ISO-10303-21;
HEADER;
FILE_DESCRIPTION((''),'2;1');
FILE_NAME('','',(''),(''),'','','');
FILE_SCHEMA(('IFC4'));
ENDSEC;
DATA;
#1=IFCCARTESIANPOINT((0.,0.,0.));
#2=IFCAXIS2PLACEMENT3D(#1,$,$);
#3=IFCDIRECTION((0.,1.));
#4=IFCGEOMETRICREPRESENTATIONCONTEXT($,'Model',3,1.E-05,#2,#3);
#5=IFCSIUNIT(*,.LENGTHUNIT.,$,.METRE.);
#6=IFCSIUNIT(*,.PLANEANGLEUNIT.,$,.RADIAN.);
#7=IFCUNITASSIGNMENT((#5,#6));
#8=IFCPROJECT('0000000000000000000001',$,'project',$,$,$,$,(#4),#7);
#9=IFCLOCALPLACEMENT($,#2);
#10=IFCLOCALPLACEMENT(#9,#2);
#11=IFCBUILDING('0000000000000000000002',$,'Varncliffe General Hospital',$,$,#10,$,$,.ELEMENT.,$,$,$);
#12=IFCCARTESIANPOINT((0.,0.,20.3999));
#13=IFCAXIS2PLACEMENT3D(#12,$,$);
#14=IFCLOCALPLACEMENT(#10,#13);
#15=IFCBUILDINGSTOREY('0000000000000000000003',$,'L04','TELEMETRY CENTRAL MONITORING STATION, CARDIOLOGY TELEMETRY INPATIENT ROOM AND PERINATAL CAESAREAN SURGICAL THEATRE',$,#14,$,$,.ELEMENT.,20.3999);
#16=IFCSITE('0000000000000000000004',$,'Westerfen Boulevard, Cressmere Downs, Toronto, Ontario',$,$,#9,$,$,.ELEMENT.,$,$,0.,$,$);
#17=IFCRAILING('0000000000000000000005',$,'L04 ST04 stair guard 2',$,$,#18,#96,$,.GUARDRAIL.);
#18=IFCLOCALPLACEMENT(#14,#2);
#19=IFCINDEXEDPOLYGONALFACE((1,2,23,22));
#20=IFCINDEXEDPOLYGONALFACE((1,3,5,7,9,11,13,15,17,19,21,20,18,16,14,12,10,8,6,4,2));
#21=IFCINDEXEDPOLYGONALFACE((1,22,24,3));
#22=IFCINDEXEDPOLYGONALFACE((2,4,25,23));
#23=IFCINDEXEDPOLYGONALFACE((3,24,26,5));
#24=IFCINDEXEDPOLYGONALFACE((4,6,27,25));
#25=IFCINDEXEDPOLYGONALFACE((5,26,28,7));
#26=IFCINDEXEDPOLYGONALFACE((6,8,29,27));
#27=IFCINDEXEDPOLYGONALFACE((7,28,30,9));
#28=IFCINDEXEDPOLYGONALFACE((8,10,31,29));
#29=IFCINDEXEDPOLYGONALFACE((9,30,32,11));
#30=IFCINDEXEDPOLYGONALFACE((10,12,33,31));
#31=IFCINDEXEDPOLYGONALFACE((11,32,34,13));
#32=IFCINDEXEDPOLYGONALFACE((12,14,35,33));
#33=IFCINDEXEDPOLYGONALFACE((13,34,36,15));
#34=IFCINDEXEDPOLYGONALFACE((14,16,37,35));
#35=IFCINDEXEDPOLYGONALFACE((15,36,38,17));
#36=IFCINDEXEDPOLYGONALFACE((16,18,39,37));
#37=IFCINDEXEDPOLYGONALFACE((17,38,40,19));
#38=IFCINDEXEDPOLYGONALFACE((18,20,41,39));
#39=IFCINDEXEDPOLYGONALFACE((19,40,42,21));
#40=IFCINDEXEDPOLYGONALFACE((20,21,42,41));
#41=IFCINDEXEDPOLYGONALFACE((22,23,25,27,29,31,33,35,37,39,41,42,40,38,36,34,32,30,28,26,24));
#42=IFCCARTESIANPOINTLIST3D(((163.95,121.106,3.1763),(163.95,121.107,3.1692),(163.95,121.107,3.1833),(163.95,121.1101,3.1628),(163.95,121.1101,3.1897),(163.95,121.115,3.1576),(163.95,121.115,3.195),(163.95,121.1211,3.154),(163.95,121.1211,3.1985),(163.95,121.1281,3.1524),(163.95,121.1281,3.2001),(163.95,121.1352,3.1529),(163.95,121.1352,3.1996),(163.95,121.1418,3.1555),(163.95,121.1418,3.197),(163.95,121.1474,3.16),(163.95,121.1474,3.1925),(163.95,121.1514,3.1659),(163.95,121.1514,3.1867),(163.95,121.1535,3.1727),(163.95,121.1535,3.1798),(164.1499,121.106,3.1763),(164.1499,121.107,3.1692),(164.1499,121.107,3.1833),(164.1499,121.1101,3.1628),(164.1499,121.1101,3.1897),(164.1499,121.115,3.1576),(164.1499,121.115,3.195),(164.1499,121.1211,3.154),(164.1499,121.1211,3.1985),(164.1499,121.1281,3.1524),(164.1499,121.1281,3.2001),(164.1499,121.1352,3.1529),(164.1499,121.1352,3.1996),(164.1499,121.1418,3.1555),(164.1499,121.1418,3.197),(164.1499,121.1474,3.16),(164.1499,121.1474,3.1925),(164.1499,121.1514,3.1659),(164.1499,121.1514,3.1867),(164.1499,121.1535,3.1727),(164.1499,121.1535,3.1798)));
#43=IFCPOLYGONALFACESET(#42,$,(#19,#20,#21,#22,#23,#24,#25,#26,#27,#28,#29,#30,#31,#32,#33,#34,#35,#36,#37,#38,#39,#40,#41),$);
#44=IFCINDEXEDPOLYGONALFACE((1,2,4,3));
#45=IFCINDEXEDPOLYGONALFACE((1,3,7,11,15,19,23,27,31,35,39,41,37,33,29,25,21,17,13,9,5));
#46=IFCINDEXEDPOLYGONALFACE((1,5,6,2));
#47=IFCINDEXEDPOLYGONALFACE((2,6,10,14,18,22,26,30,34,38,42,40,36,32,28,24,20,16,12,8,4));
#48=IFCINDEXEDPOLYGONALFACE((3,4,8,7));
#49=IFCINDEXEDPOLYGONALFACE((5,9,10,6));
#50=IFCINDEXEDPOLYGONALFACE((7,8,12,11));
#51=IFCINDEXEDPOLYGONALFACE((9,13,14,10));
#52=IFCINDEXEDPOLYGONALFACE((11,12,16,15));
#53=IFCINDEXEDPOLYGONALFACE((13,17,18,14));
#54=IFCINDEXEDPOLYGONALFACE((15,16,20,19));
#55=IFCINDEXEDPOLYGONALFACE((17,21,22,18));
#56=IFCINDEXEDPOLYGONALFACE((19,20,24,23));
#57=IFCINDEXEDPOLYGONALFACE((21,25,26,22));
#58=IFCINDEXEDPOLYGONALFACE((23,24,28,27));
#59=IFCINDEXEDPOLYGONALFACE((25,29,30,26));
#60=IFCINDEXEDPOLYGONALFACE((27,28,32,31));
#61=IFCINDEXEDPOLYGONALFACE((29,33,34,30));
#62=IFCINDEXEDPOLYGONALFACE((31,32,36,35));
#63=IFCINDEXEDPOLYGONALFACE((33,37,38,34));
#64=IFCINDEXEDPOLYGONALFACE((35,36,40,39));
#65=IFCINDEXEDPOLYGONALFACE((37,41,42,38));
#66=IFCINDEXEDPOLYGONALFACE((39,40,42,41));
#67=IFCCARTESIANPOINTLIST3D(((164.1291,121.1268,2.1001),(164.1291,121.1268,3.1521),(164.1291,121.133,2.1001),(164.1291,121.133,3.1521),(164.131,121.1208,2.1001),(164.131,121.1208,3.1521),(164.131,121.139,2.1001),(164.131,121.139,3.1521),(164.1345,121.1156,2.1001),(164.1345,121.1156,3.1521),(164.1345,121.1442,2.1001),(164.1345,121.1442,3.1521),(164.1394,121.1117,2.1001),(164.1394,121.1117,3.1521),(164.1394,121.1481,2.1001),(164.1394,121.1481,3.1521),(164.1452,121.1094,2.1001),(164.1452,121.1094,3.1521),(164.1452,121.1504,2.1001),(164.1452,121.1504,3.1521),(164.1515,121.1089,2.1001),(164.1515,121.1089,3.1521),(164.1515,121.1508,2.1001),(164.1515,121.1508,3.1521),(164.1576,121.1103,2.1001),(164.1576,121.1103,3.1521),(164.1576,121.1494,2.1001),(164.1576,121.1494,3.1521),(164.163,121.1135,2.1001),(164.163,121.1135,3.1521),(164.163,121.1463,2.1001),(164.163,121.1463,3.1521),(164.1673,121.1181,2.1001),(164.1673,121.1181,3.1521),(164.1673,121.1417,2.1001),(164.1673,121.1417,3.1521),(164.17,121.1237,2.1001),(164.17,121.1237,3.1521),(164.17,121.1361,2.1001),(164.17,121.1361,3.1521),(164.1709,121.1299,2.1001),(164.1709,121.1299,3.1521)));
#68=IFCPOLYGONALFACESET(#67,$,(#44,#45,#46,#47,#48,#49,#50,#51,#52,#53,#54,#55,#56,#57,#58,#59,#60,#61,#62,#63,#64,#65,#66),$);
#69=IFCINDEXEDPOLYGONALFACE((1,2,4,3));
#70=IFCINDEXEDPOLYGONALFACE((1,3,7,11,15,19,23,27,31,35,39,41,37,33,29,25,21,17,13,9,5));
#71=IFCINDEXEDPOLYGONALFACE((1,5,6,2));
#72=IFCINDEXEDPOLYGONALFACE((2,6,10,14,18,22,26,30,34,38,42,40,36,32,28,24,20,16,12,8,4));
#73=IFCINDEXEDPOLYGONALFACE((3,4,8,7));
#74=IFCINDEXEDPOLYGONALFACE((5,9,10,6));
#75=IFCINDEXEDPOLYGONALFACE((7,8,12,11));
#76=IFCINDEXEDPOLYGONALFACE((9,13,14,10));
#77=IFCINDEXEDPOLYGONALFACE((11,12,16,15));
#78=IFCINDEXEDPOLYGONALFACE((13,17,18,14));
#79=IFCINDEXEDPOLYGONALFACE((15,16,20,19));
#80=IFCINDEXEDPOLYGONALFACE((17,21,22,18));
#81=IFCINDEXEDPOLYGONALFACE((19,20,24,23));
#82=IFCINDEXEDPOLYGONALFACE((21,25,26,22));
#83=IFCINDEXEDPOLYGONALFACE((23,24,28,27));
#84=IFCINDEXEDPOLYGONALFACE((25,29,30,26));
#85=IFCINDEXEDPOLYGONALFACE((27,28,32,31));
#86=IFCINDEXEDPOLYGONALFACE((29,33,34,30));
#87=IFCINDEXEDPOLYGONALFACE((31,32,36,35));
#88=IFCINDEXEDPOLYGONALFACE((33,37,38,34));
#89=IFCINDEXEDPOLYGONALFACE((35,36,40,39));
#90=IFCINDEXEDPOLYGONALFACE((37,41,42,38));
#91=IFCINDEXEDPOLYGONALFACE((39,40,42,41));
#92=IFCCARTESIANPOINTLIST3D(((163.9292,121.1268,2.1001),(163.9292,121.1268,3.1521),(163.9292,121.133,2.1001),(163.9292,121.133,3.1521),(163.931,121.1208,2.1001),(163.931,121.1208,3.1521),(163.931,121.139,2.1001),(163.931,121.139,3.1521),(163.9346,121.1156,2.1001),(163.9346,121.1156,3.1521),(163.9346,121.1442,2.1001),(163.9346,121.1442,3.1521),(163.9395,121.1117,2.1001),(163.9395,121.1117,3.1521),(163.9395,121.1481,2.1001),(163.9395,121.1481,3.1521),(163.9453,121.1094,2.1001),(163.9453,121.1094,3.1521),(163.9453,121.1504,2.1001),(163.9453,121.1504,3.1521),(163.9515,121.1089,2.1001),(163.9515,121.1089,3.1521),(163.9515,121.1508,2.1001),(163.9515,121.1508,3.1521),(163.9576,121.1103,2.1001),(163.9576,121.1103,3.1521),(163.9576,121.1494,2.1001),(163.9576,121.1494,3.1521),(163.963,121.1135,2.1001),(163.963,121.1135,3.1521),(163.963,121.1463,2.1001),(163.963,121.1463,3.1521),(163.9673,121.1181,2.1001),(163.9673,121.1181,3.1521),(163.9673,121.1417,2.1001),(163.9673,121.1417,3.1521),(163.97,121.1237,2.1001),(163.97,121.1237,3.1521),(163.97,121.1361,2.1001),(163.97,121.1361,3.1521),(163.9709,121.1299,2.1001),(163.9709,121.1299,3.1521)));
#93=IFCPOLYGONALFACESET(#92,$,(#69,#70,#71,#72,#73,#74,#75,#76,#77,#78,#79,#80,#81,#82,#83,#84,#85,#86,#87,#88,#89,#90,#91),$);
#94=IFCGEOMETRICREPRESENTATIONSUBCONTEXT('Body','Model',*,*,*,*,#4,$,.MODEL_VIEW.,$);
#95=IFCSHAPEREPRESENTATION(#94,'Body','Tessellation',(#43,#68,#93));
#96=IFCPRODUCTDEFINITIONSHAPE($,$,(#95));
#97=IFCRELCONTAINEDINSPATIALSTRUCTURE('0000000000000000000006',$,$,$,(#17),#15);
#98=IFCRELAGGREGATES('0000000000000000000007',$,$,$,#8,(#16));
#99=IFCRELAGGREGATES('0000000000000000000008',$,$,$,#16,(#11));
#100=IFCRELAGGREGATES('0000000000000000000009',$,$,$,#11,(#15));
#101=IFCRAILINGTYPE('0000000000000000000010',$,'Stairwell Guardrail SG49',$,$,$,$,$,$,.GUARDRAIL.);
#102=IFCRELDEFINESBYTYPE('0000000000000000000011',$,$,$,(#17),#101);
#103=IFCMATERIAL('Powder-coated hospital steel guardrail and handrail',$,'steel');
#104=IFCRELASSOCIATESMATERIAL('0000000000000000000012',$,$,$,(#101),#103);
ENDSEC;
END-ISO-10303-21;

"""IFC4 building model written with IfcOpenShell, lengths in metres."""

from ifc_helpers import new_model, si_unit, direction, frame, origin, origin_2d, place, context, subcontext, project, spatial, circle, extrude, material, type_object, element, save


model = new_model("IFC4")

# Units and contexts
model_context = context("Model", 3, precision=1e-05, world=origin(), true_north=direction((0.0, 1.0)))
body_context = subcontext(model_context, "Body", "Model", "MODEL_VIEW")
ifc_project = project(units=[si_unit("LENGTHUNIT", "METRE"), si_unit("PLANEANGLEUNIT", "RADIAN")], contexts=[model_context])

# Site, building, storey
site_placement = place(None, origin())
site = spatial("IfcSite", under=ifc_project, at=site_placement, Name="Westerfen Boulevard, Cressmere Downs, Toronto, Ontario", CompositionType="ELEMENT", RefElevation=0.0)
building_placement = place(site_placement, origin())
building = spatial("IfcBuilding", under=site, at=building_placement, Name="Varncliffe General Hospital", CompositionType="ELEMENT")
storey_placement = place(building_placement, frame((0.0, 0.0, 20.3999)))
storey = spatial("IfcBuildingStorey", under=building, at=storey_placement, Name="L04", Description="TELEMETRY CENTRAL MONITORING STATION, CARDIOLOGY TELEMETRY INPATIENT ROOM AND PERINATAL CAESAREAN SURGICAL THEATRE", CompositionType="ELEMENT", Elevation=20.3999)

# Railing
ifc_material_1 = material(Name="Powder-coated hospital steel guardrail and handrail", Category="steel")
railing_type_1 = type_object("IfcRailingType", Name="Stairwell Guardrail SG49", PredefinedType="GUARDRAIL", material=ifc_material_1)
railing_1_placement = place(storey_placement, frame((164.1499, 121.1299, 2.1001)))
element("IfcRailing", 1, at=railing_1_placement, inside=storey, type_object=railing_type_1, Name="L04 ST04 stair guard 2", PredefinedType="GUARDRAIL", context=body_context, shape_type="SweptSolid", body=[
    extrude(circle(Radius=0.0239, at=origin_2d()), frame((0.0, 0.0, 1.0762), z_axis=(-1.0, 0.0, 0.0), x_axis=(0.0, -1.0, 0.0)), (0.0, 0.0, 1.0), 0.2),
    extrude(circle(Radius=0.021, at=origin_2d()), origin(), (0.0, 0.0, 1.0), 1.052),
    extrude(circle(Radius=0.021, at=origin_2d()), frame((-0.2, 0.0, 0.0)), (0.0, 0.0, 1.0), 1.052),
])

save(model, "model.ifc")
